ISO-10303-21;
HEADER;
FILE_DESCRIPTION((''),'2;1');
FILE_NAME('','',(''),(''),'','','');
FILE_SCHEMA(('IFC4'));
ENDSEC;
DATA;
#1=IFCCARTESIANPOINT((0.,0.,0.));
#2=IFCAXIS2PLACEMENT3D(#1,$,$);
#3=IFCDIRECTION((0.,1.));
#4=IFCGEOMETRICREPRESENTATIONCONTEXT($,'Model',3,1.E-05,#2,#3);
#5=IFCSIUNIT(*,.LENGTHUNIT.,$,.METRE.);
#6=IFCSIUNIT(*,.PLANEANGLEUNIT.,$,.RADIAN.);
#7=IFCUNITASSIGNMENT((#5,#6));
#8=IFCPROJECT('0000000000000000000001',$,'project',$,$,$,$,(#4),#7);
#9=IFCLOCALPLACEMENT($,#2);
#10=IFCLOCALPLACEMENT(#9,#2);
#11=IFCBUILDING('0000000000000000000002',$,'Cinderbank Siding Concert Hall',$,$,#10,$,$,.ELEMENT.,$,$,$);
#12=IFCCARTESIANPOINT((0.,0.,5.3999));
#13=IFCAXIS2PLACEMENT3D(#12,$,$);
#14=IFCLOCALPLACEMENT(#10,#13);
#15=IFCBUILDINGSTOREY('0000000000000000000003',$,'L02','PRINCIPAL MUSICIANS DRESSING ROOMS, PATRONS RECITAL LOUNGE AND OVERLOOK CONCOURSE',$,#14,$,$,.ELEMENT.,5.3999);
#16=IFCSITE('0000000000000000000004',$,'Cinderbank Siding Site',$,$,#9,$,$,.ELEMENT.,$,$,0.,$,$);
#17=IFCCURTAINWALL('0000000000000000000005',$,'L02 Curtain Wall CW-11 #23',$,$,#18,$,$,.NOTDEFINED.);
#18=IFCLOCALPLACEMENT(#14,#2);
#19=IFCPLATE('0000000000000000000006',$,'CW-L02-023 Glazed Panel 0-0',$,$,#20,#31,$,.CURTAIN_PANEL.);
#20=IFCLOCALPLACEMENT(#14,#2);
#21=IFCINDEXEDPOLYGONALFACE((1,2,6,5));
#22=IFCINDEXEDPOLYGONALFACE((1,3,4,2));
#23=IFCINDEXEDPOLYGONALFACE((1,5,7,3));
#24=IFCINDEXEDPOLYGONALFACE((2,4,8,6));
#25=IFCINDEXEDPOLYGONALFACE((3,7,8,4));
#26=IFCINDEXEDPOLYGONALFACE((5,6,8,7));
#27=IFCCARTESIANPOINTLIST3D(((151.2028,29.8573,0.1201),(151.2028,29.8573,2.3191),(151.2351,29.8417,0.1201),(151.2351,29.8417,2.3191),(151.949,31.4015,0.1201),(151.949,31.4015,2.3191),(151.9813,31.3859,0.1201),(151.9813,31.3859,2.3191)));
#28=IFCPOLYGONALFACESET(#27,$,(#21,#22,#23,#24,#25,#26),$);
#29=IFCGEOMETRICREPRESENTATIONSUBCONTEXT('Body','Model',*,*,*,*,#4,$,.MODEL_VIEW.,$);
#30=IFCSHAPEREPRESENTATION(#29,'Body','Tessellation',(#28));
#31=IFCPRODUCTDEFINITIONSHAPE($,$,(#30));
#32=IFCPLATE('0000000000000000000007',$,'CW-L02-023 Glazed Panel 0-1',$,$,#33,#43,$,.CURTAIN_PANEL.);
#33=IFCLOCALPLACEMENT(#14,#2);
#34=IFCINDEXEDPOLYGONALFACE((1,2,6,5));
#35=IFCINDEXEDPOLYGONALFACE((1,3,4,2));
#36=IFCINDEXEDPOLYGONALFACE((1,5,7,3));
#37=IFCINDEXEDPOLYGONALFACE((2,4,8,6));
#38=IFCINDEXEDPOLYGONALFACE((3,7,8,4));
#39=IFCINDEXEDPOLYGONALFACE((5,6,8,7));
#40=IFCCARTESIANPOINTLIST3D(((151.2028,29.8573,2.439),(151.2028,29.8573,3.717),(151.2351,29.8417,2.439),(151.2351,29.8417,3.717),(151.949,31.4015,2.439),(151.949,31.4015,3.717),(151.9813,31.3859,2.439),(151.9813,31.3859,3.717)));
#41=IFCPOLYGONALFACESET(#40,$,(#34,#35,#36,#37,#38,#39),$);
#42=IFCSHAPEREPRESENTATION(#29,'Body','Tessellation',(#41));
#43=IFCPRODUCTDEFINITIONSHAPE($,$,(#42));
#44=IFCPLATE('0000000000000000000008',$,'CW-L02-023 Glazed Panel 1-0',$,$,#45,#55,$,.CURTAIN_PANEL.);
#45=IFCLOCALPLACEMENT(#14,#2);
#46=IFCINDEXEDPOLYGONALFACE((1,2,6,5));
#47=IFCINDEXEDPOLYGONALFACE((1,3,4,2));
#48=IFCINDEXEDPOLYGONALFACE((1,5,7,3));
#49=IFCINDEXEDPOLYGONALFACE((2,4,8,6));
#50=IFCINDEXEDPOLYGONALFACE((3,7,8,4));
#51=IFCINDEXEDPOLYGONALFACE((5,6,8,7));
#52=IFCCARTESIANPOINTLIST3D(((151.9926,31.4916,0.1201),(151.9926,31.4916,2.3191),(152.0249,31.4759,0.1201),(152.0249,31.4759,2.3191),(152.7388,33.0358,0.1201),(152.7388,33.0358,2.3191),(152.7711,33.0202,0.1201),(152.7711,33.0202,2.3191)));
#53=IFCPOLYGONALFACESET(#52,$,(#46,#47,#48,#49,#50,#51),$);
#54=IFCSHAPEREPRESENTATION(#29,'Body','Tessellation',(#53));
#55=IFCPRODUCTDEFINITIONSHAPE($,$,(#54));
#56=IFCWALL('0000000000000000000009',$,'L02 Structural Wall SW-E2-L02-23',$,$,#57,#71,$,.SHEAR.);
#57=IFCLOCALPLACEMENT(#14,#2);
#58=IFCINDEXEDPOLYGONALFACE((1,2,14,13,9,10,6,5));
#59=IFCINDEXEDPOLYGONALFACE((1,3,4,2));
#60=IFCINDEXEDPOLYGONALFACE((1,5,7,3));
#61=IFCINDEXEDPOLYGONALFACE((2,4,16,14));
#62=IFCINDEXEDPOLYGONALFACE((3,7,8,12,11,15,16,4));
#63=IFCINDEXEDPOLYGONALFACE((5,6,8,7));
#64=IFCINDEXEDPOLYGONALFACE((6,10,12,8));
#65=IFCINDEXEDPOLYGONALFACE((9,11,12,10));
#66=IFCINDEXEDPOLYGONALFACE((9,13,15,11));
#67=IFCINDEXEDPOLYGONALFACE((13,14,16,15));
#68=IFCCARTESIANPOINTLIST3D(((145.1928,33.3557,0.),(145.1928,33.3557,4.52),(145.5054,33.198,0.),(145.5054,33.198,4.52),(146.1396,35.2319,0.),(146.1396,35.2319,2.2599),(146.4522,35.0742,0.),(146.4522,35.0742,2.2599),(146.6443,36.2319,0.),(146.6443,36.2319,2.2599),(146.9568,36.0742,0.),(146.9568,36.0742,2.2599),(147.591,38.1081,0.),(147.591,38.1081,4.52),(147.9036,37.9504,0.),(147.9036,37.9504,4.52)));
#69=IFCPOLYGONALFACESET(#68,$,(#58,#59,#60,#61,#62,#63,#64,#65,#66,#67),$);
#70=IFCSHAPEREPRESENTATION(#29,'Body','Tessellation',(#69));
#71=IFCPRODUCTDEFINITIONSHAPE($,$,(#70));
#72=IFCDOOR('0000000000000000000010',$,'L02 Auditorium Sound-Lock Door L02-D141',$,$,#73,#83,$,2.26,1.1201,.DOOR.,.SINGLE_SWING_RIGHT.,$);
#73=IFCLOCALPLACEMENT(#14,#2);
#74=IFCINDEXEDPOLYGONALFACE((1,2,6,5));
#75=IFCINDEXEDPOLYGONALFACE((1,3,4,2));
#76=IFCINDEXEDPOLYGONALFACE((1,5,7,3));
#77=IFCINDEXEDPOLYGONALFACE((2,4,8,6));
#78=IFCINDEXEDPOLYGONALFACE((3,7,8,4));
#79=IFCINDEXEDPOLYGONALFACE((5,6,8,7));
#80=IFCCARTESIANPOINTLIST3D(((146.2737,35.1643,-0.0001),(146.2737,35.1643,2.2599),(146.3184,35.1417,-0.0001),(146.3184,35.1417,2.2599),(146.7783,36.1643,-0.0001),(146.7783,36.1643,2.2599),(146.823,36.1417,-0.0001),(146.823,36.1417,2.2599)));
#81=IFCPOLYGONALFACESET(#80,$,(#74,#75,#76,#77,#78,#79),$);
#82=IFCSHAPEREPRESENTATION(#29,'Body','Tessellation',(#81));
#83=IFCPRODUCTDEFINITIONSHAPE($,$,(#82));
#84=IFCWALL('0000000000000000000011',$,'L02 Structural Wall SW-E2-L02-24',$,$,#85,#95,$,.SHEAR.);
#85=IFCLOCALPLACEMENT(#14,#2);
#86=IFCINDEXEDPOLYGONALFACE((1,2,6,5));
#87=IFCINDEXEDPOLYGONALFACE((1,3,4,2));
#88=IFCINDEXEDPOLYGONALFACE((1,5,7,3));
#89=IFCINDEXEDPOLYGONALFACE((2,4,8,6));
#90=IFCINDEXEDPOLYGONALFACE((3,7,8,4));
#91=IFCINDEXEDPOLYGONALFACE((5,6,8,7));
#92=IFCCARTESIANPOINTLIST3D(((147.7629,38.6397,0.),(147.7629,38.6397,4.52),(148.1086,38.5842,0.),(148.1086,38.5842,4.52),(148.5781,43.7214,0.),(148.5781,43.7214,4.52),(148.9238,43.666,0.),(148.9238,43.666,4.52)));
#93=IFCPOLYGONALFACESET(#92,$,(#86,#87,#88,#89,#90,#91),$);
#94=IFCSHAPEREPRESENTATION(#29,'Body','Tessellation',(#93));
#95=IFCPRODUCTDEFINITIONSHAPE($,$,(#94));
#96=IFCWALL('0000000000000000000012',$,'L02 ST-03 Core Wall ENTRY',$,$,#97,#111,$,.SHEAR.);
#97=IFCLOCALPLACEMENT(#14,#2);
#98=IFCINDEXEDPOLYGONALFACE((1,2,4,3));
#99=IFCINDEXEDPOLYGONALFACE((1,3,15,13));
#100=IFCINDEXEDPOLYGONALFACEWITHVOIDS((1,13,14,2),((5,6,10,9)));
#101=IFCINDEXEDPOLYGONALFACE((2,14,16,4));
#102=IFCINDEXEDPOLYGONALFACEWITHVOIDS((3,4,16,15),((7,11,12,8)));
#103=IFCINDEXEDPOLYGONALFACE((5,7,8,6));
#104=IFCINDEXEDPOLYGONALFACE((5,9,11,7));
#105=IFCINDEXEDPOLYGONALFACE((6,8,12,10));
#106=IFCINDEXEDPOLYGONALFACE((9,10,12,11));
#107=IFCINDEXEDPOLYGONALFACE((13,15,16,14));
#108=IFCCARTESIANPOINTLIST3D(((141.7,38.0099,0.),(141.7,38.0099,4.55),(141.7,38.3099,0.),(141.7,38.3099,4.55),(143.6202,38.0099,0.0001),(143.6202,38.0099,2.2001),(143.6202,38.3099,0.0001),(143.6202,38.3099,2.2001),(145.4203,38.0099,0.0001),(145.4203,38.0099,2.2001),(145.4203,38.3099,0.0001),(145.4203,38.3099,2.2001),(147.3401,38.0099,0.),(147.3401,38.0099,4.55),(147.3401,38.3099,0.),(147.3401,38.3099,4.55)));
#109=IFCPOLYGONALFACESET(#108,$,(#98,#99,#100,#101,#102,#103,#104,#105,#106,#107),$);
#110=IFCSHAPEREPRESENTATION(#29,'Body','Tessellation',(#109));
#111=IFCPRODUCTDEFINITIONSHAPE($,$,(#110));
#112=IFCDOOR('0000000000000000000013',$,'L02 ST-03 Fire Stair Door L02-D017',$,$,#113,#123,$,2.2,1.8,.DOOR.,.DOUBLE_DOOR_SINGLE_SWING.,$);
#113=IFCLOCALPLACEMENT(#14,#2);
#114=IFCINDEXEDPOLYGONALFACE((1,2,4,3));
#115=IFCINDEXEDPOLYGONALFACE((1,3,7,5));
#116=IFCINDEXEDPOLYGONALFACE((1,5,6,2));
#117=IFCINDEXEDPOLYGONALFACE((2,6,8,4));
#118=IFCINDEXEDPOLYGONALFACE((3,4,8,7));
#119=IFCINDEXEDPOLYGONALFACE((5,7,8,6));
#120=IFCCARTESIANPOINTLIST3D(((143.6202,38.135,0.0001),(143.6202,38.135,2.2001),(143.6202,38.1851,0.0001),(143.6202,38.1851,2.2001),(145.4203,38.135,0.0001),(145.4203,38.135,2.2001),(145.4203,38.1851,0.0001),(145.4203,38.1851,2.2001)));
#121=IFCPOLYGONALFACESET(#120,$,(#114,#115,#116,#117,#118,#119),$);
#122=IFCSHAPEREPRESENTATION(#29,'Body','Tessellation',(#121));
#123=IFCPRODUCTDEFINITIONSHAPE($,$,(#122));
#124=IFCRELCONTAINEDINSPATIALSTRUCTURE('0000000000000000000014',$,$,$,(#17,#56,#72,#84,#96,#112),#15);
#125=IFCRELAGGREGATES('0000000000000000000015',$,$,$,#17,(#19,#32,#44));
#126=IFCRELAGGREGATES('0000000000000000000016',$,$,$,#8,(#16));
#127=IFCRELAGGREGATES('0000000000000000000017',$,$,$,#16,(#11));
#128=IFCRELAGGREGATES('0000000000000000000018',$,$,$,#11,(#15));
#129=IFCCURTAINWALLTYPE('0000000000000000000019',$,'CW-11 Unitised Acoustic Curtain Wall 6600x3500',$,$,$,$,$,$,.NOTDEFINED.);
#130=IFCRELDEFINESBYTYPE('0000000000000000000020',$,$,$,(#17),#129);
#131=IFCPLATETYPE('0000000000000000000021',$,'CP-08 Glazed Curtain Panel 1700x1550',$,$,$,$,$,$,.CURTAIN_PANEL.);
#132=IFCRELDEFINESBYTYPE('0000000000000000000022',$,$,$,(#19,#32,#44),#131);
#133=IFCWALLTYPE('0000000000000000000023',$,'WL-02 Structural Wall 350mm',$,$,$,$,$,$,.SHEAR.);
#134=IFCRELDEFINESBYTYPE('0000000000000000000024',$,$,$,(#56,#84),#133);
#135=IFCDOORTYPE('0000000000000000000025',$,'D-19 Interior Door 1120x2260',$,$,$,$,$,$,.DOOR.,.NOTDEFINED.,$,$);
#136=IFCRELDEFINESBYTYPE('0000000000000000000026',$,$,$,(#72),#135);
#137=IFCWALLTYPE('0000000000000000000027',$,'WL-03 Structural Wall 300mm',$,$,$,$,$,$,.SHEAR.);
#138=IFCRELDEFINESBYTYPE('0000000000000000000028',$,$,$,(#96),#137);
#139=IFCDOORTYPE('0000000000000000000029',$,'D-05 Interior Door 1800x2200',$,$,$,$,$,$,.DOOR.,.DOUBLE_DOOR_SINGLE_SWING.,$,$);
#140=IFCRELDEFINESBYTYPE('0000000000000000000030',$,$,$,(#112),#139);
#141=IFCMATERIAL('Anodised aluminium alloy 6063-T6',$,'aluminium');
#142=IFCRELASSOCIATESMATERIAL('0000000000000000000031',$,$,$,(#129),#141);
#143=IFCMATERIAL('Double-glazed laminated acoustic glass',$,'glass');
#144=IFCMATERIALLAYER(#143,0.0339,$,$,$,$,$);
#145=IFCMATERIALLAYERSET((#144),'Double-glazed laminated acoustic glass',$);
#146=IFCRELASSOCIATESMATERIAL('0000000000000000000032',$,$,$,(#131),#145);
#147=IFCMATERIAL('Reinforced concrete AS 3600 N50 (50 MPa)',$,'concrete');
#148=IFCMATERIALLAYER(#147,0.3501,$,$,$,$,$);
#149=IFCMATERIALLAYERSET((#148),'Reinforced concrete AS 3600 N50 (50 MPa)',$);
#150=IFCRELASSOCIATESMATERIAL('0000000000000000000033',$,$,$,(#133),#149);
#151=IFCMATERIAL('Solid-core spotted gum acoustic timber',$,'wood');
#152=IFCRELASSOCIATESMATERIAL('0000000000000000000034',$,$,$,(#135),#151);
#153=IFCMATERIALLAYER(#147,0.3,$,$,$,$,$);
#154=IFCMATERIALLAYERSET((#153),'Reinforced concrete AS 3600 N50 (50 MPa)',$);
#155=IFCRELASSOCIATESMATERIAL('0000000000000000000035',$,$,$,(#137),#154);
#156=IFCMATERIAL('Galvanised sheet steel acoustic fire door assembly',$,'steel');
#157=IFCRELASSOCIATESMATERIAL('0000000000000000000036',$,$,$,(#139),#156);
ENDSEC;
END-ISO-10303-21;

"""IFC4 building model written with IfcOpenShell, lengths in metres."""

from ifc_helpers import new_model, si_unit, direction, frame, frame_2d, origin, origin_2d, place, context, subcontext, project, spatial, rectangle, extrude, material, layer, layer_set, type_object, element, fill, aggregate, save


model = new_model("IFC4")

# Units and contexts
model_context = context("Model", 3, precision=1e-05, world=origin(), true_north=direction((0.0, 1.0)))
body_context = subcontext(model_context, "Body", "Model", "MODEL_VIEW")
ifc_project = project(units=[si_unit("LENGTHUNIT", "METRE"), si_unit("PLANEANGLEUNIT", "RADIAN")], contexts=[model_context])

# Site, building, storey
site_placement = place(None, origin())
site = spatial("IfcSite", under=ifc_project, at=site_placement, Name="Cinderbank Siding Site", CompositionType="ELEMENT", RefElevation=0.0)
building_placement = place(site_placement, origin())
building = spatial("IfcBuilding", under=site, at=building_placement, Name="Cinderbank Siding Concert Hall", CompositionType="ELEMENT")
storey_placement = place(building_placement, frame((0.0, 0.0, 5.3999)))
storey = spatial("IfcBuildingStorey", under=building, at=storey_placement, Name="L02", Description="PRINCIPAL MUSICIANS DRESSING ROOMS, PATRONS RECITAL LOUNGE AND OVERLOOK CONCOURSE", CompositionType="ELEMENT", Elevation=5.3999)

# Shared definitions
ifc_material_1 = material(Name="Reinforced concrete AS 3600 N50 (50 MPa)", Category="concrete")

# Shared definitions
ifc_material_2 = material(Name="Anodised aluminium alloy 6063-T6", Category="aluminium")

# Curtain wall
curtain_wall_type_1 = type_object("IfcCurtainWallType", Name="CW-11 Unitised Acoustic Curtain Wall 6600x3500", PredefinedType="NOTDEFINED", material=ifc_material_2)
curtain_wall_1_placement = place(storey_placement, origin())
curtain_wall_1 = element("IfcCurtainWall", 1, at=curtain_wall_1_placement, inside=storey, type_object=curtain_wall_type_1, Name="L02 Curtain Wall CW-11 #23", PredefinedType="NOTDEFINED")

# Plates
ifc_material_3 = material(Name="Double-glazed laminated acoustic glass", Category="glass")
ifc_layer_1 = layer(ifc_material_3, 0.0339)
ifc_layer_set_1 = layer_set([ifc_layer_1], Name="Double-glazed laminated acoustic glass")
plate_type_1 = type_object("IfcPlateType", Name="CP-08 Glazed Curtain Panel 1700x1550", PredefinedType="CURTAIN_PANEL", material=ifc_layer_set_1)
plate_1_placement = place(storey_placement, frame((151.592, 30.6216, 0.1201), z_axis=(0.0, 0.0, 1.0), x_axis=(0.435102, 0.900381, 0.0)))
plate_1 = element("IfcPlate", 2, at=plate_1_placement, type_object=plate_type_1, Name="CW-L02-023 Glazed Panel 0-0", PredefinedType="CURTAIN_PANEL", context=body_context, shape_type="SweptSolid", body=[
    extrude(rectangle(XDim=1.7151, YDim=0.0359, at=origin_2d()), origin(), (0.0, 0.0, 1.0), 2.199),
])
plate_2_placement = place(storey_placement, frame((151.592, 30.6216, 2.439), z_axis=(0.0, 0.0, 1.0), x_axis=(0.435102, 0.900381, 0.0)))
plate_2 = element("IfcPlate", 3, at=plate_2_placement, type_object=plate_type_1, Name="CW-L02-023 Glazed Panel 0-1", PredefinedType="CURTAIN_PANEL", context=body_context, shape_type="SweptSolid", body=[
    extrude(rectangle(XDim=1.7151, YDim=0.0359, at=origin_2d()), origin(), (0.0, 0.0, 1.0), 1.2781),
])
plate_3_placement = place(storey_placement, frame((152.3818, 32.2559, 0.1201), z_axis=(0.0, 0.0, 1.0), x_axis=(0.435102, 0.900381, 0.0)))
plate_3 = element("IfcPlate", 4, at=plate_3_placement, type_object=plate_type_1, Name="CW-L02-023 Glazed Panel 1-0", PredefinedType="CURTAIN_PANEL", context=body_context, shape_type="SweptSolid", body=[
    extrude(rectangle(XDim=1.7151, YDim=0.0359, at=origin_2d()), origin(), (0.0, 0.0, 1.0), 2.199),
])
aggregate(curtain_wall_1, [plate_1, plate_2, plate_3])

# Wall, opening, door
ifc_layer_2 = layer(ifc_material_1, 0.3501)
ifc_layer_set_2 = layer_set([ifc_layer_2], Name="Reinforced concrete AS 3600 N50 (50 MPa)")
wall_type_1 = type_object("IfcWallType", Name="WL-02 Structural Wall 350mm", PredefinedType="SHEAR", material=ifc_layer_set_2)
wall_1_placement = place(storey_placement, frame((145.3491, 33.2769, 0.0), z_axis=(0.0, 0.0, 1.0), x_axis=(0.450513, 0.89277, 0.0)))
wall_1 = element("IfcWall", 5, at=wall_1_placement, inside=storey, type_object=wall_type_1, Name="L02 Structural Wall SW-E2-L02-23", PredefinedType="SHEAR", context=body_context, shape_type="SweptSolid", body=[
    extrude(rectangle(XDim=5.3232, YDim=0.3501, at=frame_2d((2.6616, 0.0))), origin(), (0.0, 0.0, 1.0), 4.52),
])
opening_1_placement = place(wall_1_placement, frame((2.1016, 0.0, 0.0)))
opening_1 = element("IfcOpeningElement", 6, at=opening_1_placement, cuts=wall_1, PredefinedType="OPENING", context=body_context, shape_type="SweptSolid", body=[
    extrude(rectangle(XDim=1.1201, YDim=2.26, at=frame_2d((0.5601, 1.1299))), frame((0.0, 0.187, 0.0), z_axis=(0.0, -1.0, 0.0), x_axis=(1.0, 0.0, 0.0)), (0.0, 0.0, 1.0), 0.374),
])
ifc_material_4 = material(Name="Solid-core spotted gum acoustic timber", Category="wood")
door_type_1 = type_object("IfcDoorType", Name="D-19 Interior Door 1120x2260", OperationType="NOTDEFINED", PredefinedType="DOOR", material=ifc_material_4)
door_1_placement = place(opening_1_placement, origin())
door_1 = element("IfcDoor", 7, at=door_1_placement, inside=storey, type_object=door_type_1, Name="L02 Auditorium Sound-Lock Door L02-D141", OperationType="SINGLE_SWING_RIGHT", OverallHeight=2.26, OverallWidth=1.1201, PredefinedType="DOOR", context=body_context, shape_type="SweptSolid", body=[
    extrude(rectangle(XDim=1.1201, YDim=2.26, at=frame_2d((0.5601, 1.1299))), frame((0.0, 0.0249, 0.0), z_axis=(0.0, -1.0, 0.0), x_axis=(1.0, 0.0, 0.0)), (0.0, 0.0, 1.0), 0.05),
])
fill(opening_1, door_1)

# Wall
wall_2_placement = place(storey_placement, frame((147.9358, 38.6121, 0.0), z_axis=(0.0, 0.0, 1.0), x_axis=(0.158388, 0.987377, 0.0)))
element("IfcWall", 8, at=wall_2_placement, inside=storey, type_object=wall_type_1, Name="L02 Structural Wall SW-E2-L02-24", PredefinedType="SHEAR", context=body_context, shape_type="SweptSolid", body=[
    extrude(rectangle(XDim=5.1467, YDim=0.3501, at=frame_2d((2.5732, 0.0))), origin(), (0.0, 0.0, 1.0), 4.52),
])

# Wall, opening, door
ifc_layer_3 = layer(ifc_material_1, 0.3)
ifc_layer_set_3 = layer_set([ifc_layer_3], Name="Reinforced concrete AS 3600 N50 (50 MPa)")
wall_type_2 = type_object("IfcWallType", Name="WL-03 Structural Wall 300mm", PredefinedType="SHEAR", material=ifc_layer_set_3)
wall_3_placement = place(storey_placement, frame((147.3401, 38.1599, 0.0), z_axis=(0.0, 0.0, 1.0), x_axis=(-1.0, 0.0, 0.0)))
wall_3 = element("IfcWall", 9, at=wall_3_placement, inside=storey, type_object=wall_type_2, Name="L02 ST-03 Core Wall ENTRY", PredefinedType="SHEAR", context=body_context, shape_type="SweptSolid", body=[
    extrude(rectangle(XDim=5.6401, YDim=0.3, at=frame_2d((2.8201, 0.0))), origin(), (0.0, 0.0, 1.0), 4.55),
])
opening_2_placement = place(wall_3_placement, frame((1.9199, 0.0, 0.0)))
opening_2 = element("IfcOpeningElement", 10, at=opening_2_placement, cuts=wall_3, PredefinedType="OPENING", context=body_context, shape_type="SweptSolid", body=[
    extrude(rectangle(XDim=1.8, YDim=2.2, at=frame_2d((0.8999, 1.1001))), frame((0.0, 0.1621, 0.0), z_axis=(0.0, -1.0, 0.0), x_axis=(1.0, 0.0, 0.0)), (0.0, 0.0, 1.0), 0.324),
])
ifc_material_5 = material(Name="Galvanised sheet steel acoustic fire door assembly", Category="steel")
door_type_2 = type_object("IfcDoorType", Name="D-05 Interior Door 1800x2200", OperationType="DOUBLE_DOOR_SINGLE_SWING", PredefinedType="DOOR", material=ifc_material_5)
door_2_placement = place(opening_2_placement, origin())
door_2 = element("IfcDoor", 11, at=door_2_placement, inside=storey, type_object=door_type_2, Name="L02 ST-03 Fire Stair Door L02-D017", OperationType="DOUBLE_DOOR_SINGLE_SWING", OverallHeight=2.2, OverallWidth=1.8, PredefinedType="DOOR", context=body_context, shape_type="SweptSolid", body=[
    extrude(rectangle(XDim=1.8, YDim=2.2, at=frame_2d((0.8999, 1.1001))), frame((0.0, 0.0249, 0.0), z_axis=(0.0, -1.0, 0.0), x_axis=(1.0, 0.0, 0.0)), (0.0, 0.0, 1.0), 0.05),
])
fill(opening_2, door_2)

save(model, "model.ifc")
